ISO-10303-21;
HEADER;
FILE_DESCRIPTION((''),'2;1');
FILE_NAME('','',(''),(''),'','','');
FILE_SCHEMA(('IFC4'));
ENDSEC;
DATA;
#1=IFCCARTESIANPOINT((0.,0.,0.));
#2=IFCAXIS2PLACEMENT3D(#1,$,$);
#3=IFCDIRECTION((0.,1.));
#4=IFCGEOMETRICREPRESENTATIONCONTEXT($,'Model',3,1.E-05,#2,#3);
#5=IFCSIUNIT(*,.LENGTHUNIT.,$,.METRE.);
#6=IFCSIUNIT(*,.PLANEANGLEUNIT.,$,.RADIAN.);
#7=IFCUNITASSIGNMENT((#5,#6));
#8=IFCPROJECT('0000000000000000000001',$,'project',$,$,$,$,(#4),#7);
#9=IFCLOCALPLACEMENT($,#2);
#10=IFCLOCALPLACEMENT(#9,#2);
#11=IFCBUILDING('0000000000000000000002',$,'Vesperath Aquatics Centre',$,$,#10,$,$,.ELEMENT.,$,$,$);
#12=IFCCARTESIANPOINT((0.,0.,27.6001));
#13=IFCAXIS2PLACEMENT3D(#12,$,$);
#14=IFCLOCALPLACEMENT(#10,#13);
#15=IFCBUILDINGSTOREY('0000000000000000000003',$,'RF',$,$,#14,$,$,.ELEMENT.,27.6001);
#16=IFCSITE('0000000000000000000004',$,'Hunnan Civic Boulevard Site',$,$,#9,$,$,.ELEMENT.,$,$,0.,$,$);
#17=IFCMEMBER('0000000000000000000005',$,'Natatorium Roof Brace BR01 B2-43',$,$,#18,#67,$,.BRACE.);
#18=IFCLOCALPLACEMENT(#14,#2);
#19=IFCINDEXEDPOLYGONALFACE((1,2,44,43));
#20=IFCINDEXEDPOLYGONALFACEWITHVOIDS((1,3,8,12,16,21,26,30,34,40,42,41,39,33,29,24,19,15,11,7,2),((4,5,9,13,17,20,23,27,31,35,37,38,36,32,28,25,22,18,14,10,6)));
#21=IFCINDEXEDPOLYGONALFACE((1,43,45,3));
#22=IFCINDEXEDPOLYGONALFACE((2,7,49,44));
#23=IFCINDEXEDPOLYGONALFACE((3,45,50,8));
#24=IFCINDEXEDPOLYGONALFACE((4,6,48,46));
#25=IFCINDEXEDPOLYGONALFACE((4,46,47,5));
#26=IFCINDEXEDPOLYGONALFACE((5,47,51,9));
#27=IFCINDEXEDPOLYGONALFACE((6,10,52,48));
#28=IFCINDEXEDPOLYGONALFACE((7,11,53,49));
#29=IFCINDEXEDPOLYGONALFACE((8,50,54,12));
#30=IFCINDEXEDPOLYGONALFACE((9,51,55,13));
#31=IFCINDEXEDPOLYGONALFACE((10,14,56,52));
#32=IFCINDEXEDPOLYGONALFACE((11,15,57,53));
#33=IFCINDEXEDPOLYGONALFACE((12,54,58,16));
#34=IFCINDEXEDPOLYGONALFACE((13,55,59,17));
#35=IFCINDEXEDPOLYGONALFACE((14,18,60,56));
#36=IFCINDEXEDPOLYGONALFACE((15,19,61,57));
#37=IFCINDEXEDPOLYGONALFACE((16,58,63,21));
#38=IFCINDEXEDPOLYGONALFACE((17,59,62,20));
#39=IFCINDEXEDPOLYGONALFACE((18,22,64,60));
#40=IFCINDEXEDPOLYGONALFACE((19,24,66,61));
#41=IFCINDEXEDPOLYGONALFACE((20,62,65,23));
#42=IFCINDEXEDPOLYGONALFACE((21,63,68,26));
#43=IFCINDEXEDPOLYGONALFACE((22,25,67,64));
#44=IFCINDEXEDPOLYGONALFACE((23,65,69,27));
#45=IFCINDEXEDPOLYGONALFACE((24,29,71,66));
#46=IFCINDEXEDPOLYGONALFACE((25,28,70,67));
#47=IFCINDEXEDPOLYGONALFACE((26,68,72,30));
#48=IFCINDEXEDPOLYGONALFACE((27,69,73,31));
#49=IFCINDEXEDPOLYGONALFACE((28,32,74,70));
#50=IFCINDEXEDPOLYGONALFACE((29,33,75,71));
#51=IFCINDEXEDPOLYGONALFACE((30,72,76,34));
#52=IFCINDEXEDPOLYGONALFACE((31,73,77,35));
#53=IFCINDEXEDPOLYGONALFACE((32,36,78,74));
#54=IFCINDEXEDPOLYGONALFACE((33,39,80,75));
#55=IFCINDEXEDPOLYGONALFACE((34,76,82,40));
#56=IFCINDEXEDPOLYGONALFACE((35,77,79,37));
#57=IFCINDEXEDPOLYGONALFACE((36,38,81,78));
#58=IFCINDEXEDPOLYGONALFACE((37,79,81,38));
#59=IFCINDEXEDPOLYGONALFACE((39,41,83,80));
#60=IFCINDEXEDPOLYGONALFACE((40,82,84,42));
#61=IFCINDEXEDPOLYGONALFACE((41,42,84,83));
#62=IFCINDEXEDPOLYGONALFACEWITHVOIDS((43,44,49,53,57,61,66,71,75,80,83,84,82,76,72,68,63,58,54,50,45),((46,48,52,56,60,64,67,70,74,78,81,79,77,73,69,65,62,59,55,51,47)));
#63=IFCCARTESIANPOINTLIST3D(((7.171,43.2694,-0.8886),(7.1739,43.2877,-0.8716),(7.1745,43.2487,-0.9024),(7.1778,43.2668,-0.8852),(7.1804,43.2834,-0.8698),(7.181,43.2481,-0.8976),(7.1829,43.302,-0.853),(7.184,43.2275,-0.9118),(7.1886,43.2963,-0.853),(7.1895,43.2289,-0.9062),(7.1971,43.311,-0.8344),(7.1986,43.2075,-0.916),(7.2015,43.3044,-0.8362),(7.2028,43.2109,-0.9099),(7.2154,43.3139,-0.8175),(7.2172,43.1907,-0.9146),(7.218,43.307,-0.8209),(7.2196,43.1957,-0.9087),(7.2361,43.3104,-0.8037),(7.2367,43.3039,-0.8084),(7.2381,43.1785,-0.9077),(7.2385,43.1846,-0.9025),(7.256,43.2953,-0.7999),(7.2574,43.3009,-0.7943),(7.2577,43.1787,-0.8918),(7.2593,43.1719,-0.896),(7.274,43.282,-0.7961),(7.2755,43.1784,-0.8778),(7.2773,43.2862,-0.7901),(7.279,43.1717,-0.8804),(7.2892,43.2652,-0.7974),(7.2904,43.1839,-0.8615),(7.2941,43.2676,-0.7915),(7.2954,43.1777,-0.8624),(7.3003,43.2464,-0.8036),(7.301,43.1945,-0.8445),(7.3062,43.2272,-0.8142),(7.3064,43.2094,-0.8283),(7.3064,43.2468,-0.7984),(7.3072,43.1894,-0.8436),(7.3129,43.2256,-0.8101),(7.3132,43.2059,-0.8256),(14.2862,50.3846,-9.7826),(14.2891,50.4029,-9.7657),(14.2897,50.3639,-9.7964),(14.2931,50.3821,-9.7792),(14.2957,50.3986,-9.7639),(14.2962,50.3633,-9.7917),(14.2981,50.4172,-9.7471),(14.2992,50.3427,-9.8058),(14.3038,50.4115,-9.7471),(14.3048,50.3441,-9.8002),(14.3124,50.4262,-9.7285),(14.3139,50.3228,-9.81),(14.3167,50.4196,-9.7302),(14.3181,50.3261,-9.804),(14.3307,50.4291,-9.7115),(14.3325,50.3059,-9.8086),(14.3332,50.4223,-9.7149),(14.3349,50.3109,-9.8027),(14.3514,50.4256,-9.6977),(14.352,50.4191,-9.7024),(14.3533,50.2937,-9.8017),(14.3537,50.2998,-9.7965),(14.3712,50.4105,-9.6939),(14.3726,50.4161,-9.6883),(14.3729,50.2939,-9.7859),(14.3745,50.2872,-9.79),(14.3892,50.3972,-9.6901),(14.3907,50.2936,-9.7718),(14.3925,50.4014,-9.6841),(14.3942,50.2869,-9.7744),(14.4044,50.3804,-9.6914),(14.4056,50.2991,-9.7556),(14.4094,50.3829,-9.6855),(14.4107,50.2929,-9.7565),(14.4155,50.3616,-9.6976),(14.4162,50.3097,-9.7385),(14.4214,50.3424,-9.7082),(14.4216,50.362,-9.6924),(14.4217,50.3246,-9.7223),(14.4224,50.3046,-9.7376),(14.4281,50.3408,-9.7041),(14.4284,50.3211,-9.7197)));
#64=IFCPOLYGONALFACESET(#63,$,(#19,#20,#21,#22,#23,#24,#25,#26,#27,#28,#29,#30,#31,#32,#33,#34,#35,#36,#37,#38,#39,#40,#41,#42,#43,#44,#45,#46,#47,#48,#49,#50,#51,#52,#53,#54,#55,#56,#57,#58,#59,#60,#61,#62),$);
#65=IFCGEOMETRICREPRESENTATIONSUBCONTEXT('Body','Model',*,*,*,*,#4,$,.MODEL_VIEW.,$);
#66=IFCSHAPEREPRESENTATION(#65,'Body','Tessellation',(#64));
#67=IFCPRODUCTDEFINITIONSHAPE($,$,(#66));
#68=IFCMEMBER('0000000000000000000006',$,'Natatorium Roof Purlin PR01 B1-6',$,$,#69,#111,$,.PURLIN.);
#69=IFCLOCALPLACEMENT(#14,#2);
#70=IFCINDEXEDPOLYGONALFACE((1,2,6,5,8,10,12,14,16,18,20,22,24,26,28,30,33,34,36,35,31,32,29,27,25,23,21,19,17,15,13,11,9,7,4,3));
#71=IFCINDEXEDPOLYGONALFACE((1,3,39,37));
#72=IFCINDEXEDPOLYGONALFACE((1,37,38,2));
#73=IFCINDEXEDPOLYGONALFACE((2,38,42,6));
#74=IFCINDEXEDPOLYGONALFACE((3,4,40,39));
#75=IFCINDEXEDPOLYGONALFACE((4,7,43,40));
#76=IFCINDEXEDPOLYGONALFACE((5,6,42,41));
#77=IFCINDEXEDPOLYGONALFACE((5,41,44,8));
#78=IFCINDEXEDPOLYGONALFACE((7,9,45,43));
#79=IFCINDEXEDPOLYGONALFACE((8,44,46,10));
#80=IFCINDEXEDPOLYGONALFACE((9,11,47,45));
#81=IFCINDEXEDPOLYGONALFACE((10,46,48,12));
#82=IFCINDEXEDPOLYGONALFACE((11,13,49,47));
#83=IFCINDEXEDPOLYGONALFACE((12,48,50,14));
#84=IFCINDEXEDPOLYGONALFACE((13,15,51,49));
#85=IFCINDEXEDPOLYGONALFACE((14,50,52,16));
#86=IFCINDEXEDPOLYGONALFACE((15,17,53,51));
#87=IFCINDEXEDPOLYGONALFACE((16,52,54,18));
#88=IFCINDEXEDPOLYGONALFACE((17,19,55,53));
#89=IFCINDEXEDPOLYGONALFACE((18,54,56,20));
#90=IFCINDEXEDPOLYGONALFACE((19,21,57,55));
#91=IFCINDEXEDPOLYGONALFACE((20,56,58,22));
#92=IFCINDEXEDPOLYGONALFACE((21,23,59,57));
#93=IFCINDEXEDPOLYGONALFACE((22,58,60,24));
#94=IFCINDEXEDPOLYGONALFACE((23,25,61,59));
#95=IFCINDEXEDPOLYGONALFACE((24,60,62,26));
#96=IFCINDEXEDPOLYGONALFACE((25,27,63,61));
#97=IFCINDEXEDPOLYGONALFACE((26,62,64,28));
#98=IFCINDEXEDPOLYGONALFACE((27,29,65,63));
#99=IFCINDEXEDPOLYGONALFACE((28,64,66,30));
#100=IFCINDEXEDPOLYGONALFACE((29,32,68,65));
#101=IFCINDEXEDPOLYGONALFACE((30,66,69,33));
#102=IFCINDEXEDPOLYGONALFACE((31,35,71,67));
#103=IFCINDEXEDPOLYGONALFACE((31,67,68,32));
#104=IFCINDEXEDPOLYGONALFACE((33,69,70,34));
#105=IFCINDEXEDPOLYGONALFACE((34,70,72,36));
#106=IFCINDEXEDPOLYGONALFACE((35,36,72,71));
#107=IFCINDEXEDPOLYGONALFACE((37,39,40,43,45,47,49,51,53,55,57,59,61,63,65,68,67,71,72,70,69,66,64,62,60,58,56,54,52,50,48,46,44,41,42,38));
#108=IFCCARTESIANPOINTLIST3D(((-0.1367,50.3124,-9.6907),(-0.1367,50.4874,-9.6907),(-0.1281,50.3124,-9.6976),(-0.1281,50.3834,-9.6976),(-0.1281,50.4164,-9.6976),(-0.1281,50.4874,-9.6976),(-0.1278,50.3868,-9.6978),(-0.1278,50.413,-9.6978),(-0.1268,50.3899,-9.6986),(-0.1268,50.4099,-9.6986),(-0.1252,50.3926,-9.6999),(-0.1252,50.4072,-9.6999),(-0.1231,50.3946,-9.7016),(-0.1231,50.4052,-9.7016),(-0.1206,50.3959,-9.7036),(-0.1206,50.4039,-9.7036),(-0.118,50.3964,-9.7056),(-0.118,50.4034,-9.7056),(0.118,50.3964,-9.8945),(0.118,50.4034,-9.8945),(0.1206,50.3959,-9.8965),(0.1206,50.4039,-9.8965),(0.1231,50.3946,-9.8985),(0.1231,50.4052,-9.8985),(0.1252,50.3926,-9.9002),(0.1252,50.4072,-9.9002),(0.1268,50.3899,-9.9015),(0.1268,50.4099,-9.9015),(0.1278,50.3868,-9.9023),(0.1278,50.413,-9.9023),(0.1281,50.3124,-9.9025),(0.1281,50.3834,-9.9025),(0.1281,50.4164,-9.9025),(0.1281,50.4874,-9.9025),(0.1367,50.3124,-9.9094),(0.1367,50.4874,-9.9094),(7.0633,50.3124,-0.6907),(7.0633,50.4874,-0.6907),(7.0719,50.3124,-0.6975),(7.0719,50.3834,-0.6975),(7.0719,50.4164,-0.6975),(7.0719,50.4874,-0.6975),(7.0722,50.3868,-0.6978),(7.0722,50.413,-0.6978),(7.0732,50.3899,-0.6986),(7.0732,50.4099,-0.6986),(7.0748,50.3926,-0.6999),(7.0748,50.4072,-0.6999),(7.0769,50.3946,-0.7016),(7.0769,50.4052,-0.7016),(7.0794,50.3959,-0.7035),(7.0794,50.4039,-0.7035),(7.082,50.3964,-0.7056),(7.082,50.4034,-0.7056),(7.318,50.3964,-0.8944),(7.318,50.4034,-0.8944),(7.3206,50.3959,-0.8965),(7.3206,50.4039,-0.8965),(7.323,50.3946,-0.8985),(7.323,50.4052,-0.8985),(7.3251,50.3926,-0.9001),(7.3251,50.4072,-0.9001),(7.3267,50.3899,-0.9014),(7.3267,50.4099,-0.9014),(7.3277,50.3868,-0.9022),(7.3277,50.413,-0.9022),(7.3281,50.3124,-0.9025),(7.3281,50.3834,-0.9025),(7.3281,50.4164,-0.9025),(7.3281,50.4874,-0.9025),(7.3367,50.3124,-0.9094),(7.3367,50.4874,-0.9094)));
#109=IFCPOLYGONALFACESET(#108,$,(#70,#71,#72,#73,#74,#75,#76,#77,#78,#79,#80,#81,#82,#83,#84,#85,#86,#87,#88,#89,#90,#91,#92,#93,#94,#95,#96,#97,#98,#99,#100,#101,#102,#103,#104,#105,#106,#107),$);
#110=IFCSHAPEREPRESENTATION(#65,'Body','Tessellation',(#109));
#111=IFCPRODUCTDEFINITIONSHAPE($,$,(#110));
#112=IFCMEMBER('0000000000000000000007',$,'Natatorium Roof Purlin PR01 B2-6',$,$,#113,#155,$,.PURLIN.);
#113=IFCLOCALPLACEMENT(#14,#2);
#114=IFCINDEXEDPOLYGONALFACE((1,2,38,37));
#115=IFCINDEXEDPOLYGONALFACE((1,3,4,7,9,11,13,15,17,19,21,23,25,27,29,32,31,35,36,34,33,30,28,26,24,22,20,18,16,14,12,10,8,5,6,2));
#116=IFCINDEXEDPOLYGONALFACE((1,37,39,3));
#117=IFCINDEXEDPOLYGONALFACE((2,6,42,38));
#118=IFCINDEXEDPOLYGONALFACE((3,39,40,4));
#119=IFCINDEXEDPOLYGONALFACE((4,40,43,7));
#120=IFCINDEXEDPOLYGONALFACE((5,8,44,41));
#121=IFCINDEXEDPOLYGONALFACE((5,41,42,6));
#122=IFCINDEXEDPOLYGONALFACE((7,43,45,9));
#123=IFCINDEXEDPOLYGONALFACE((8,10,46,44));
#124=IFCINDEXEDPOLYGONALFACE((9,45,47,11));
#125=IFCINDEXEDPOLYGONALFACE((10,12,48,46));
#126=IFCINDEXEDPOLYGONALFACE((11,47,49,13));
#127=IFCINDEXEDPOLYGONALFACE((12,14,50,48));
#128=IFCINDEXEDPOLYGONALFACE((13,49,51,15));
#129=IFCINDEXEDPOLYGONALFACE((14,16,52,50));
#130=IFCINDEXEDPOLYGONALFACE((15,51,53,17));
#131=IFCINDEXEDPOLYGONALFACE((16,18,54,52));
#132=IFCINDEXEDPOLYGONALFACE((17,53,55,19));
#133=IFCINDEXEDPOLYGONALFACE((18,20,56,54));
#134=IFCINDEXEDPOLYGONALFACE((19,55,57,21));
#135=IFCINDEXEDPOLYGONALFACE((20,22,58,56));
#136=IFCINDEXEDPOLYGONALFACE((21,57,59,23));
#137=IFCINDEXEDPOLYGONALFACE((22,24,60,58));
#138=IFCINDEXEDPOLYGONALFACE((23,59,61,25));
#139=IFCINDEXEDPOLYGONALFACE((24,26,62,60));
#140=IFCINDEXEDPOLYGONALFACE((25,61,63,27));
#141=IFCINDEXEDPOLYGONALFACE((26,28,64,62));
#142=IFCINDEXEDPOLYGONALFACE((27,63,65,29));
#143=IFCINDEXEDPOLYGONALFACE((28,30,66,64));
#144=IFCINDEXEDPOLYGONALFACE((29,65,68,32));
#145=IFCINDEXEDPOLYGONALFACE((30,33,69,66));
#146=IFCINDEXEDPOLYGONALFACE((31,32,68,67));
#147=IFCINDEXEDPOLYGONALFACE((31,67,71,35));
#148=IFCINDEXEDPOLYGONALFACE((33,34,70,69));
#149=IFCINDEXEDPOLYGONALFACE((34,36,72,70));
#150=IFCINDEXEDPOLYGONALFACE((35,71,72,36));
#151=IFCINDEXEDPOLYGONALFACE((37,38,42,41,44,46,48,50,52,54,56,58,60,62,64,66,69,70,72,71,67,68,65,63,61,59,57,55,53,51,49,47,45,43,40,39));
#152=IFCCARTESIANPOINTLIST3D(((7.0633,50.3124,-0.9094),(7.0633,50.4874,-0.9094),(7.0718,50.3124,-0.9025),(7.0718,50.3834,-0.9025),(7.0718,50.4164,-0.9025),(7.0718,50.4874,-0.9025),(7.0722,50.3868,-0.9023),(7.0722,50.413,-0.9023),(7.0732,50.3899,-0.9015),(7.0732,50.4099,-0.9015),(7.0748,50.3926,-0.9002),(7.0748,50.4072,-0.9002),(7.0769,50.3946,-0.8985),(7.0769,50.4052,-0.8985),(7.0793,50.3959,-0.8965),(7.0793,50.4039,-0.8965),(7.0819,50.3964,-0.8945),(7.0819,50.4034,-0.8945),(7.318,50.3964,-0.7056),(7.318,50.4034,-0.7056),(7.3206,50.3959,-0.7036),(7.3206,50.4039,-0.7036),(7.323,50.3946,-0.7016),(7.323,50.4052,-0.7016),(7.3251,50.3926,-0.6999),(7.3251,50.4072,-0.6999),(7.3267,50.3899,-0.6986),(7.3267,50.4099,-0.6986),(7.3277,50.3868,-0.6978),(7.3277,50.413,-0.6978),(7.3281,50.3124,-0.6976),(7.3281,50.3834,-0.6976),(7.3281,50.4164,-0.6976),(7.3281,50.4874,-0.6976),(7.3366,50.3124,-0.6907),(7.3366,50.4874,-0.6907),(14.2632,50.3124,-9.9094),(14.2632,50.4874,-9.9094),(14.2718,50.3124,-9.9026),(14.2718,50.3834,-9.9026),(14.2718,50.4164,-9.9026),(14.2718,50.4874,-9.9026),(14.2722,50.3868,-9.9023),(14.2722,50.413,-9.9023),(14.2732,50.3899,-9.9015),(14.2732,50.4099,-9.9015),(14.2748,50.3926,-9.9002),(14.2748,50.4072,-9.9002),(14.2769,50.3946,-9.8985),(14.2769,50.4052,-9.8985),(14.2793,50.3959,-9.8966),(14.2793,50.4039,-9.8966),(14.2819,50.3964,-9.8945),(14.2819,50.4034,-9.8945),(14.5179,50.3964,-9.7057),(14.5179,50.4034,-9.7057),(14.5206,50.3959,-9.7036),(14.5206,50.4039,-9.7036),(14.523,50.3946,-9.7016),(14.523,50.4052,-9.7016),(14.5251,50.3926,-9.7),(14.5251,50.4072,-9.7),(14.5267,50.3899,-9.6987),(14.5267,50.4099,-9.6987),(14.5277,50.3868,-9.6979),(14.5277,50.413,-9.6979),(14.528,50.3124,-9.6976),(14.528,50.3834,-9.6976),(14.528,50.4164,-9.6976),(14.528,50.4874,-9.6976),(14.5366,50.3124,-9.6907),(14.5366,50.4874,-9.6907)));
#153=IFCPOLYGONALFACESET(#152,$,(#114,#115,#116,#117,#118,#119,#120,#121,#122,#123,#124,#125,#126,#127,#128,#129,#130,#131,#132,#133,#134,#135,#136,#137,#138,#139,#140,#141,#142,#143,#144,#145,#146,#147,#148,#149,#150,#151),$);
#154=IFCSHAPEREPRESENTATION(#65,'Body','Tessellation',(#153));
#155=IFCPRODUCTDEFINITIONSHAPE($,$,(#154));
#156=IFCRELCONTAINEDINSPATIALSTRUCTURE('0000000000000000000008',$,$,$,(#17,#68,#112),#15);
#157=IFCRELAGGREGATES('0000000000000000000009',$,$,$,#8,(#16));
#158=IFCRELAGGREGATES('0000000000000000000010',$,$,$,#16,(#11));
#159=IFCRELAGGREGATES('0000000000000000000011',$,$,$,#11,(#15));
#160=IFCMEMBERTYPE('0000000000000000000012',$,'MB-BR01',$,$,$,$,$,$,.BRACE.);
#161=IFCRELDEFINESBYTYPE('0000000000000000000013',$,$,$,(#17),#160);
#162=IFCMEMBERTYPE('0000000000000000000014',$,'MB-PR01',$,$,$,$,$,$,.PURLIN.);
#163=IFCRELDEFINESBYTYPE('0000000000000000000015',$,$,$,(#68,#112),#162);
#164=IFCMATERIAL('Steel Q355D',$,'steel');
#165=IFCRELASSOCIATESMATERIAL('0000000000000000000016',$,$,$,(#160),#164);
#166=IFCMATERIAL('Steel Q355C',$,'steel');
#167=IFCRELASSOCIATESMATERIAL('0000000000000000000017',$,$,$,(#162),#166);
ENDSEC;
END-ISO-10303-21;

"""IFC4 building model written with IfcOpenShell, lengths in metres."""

from ifc_helpers import new_model, si_unit, direction, frame, origin, origin_2d, place, context, subcontext, project, spatial, hollow_circle, i_section, extrude, material, material_profile, profile_set, type_object, element, save


model = new_model("IFC4")

# Units and contexts
model_context = context("Model", 3, precision=1e-05, world=origin(), true_north=direction((0.0, 1.0)))
body_context = subcontext(model_context, "Body", "Model", "MODEL_VIEW")
ifc_project = project(units=[si_unit("LENGTHUNIT", "METRE"), si_unit("PLANEANGLEUNIT", "RADIAN")], contexts=[model_context])

# Site, building, storey
site_placement = place(None, origin())
site = spatial("IfcSite", under=ifc_project, at=site_placement, Name="Hunnan Civic Boulevard Site", CompositionType="ELEMENT", RefElevation=0.0)
building_placement = place(site_placement, origin())
building = spatial("IfcBuilding", under=site, at=building_placement, Name="Vesperath Aquatics Centre", CompositionType="ELEMENT")
storey_placement = place(building_placement, frame((0.0, 0.0, 27.6001)))
storey = spatial("IfcBuildingStorey", under=building, at=storey_placement, Name="RF", CompositionType="ELEMENT", Elevation=27.6001)

# Members
ifc_material_1 = material(Name="Steel Q355D", Category="steel")
ifc_material_profile_1 = material_profile(ifc_material_1, hollow_circle(Radius=0.0842, WallThickness=0.0081, at=origin_2d()), Name="CHS 168.3x8")
ifc_profile_set_1 = profile_set([ifc_material_profile_1], Name="Steel Q355D")
member_type_1 = type_object("IfcMemberType", Name="MB-BR01", PredefinedType="BRACE", material=ifc_profile_set_1)
for number, where, z_axis, x_axis, name in (
    (1, (7.2424, 43.2424, -0.853), (0.529813, 0.529813, -0.662266), (-0.707107, 0.707107, 0.0), "Natatorium Roof Brace BR01 B2-43"),
):
    element("IfcMember", number, at=place(storey_placement, frame(where, z_axis=z_axis, x_axis=x_axis)), inside=storey, type_object=member_type_1, Name=name, PredefinedType="BRACE", context=body_context, shape_type="SweptSolid", body=[
        extrude(hollow_circle(Radius=0.0842, WallThickness=0.0081, at=origin_2d()), origin(), (0.0, 0.0, 1.0), 13.4297),
    ])
ifc_material_2 = material(Name="Steel Q355C", Category="steel")
ifc_material_profile_2 = material_profile(ifc_material_2, i_section(OverallWidth=0.175, OverallDepth=0.3501, WebThickness=0.0071, FlangeThickness=0.011, FilletRadius=0.0129, at=origin_2d()), Name="HN 350x175x7x11")
ifc_profile_set_2 = profile_set([ifc_material_profile_2], Name="Steel Q355C")
member_type_2 = type_object("IfcMemberType", Name="MB-PR01", PredefinedType="PURLIN", material=ifc_profile_set_2)
for number, where, z_axis, x_axis, name in (
    (2, (0.0, 50.3999, -9.8), (0.624692, 0.0, 0.780871), (0.0, 1.0, 0.0), "Natatorium Roof Purlin PR01 B1-6"),
    (3, (7.2, 50.3999, -0.8), (0.624692, 0.0, -0.780871), (0.0, 1.0, 0.0), "Natatorium Roof Purlin PR01 B2-6"),
):
    element("IfcMember", number, at=place(storey_placement, frame(where, z_axis=z_axis, x_axis=x_axis)), inside=storey, type_object=member_type_2, Name=name, PredefinedType="PURLIN", context=body_context, shape_type="SweptSolid", body=[
        extrude(i_section(OverallWidth=0.175, OverallDepth=0.3501, WebThickness=0.0071, FlangeThickness=0.011, FilletRadius=0.0129, at=origin_2d()), origin(), (0.0, 0.0, 1.0), 11.5256),
    ])

save(model, "model.ifc")
